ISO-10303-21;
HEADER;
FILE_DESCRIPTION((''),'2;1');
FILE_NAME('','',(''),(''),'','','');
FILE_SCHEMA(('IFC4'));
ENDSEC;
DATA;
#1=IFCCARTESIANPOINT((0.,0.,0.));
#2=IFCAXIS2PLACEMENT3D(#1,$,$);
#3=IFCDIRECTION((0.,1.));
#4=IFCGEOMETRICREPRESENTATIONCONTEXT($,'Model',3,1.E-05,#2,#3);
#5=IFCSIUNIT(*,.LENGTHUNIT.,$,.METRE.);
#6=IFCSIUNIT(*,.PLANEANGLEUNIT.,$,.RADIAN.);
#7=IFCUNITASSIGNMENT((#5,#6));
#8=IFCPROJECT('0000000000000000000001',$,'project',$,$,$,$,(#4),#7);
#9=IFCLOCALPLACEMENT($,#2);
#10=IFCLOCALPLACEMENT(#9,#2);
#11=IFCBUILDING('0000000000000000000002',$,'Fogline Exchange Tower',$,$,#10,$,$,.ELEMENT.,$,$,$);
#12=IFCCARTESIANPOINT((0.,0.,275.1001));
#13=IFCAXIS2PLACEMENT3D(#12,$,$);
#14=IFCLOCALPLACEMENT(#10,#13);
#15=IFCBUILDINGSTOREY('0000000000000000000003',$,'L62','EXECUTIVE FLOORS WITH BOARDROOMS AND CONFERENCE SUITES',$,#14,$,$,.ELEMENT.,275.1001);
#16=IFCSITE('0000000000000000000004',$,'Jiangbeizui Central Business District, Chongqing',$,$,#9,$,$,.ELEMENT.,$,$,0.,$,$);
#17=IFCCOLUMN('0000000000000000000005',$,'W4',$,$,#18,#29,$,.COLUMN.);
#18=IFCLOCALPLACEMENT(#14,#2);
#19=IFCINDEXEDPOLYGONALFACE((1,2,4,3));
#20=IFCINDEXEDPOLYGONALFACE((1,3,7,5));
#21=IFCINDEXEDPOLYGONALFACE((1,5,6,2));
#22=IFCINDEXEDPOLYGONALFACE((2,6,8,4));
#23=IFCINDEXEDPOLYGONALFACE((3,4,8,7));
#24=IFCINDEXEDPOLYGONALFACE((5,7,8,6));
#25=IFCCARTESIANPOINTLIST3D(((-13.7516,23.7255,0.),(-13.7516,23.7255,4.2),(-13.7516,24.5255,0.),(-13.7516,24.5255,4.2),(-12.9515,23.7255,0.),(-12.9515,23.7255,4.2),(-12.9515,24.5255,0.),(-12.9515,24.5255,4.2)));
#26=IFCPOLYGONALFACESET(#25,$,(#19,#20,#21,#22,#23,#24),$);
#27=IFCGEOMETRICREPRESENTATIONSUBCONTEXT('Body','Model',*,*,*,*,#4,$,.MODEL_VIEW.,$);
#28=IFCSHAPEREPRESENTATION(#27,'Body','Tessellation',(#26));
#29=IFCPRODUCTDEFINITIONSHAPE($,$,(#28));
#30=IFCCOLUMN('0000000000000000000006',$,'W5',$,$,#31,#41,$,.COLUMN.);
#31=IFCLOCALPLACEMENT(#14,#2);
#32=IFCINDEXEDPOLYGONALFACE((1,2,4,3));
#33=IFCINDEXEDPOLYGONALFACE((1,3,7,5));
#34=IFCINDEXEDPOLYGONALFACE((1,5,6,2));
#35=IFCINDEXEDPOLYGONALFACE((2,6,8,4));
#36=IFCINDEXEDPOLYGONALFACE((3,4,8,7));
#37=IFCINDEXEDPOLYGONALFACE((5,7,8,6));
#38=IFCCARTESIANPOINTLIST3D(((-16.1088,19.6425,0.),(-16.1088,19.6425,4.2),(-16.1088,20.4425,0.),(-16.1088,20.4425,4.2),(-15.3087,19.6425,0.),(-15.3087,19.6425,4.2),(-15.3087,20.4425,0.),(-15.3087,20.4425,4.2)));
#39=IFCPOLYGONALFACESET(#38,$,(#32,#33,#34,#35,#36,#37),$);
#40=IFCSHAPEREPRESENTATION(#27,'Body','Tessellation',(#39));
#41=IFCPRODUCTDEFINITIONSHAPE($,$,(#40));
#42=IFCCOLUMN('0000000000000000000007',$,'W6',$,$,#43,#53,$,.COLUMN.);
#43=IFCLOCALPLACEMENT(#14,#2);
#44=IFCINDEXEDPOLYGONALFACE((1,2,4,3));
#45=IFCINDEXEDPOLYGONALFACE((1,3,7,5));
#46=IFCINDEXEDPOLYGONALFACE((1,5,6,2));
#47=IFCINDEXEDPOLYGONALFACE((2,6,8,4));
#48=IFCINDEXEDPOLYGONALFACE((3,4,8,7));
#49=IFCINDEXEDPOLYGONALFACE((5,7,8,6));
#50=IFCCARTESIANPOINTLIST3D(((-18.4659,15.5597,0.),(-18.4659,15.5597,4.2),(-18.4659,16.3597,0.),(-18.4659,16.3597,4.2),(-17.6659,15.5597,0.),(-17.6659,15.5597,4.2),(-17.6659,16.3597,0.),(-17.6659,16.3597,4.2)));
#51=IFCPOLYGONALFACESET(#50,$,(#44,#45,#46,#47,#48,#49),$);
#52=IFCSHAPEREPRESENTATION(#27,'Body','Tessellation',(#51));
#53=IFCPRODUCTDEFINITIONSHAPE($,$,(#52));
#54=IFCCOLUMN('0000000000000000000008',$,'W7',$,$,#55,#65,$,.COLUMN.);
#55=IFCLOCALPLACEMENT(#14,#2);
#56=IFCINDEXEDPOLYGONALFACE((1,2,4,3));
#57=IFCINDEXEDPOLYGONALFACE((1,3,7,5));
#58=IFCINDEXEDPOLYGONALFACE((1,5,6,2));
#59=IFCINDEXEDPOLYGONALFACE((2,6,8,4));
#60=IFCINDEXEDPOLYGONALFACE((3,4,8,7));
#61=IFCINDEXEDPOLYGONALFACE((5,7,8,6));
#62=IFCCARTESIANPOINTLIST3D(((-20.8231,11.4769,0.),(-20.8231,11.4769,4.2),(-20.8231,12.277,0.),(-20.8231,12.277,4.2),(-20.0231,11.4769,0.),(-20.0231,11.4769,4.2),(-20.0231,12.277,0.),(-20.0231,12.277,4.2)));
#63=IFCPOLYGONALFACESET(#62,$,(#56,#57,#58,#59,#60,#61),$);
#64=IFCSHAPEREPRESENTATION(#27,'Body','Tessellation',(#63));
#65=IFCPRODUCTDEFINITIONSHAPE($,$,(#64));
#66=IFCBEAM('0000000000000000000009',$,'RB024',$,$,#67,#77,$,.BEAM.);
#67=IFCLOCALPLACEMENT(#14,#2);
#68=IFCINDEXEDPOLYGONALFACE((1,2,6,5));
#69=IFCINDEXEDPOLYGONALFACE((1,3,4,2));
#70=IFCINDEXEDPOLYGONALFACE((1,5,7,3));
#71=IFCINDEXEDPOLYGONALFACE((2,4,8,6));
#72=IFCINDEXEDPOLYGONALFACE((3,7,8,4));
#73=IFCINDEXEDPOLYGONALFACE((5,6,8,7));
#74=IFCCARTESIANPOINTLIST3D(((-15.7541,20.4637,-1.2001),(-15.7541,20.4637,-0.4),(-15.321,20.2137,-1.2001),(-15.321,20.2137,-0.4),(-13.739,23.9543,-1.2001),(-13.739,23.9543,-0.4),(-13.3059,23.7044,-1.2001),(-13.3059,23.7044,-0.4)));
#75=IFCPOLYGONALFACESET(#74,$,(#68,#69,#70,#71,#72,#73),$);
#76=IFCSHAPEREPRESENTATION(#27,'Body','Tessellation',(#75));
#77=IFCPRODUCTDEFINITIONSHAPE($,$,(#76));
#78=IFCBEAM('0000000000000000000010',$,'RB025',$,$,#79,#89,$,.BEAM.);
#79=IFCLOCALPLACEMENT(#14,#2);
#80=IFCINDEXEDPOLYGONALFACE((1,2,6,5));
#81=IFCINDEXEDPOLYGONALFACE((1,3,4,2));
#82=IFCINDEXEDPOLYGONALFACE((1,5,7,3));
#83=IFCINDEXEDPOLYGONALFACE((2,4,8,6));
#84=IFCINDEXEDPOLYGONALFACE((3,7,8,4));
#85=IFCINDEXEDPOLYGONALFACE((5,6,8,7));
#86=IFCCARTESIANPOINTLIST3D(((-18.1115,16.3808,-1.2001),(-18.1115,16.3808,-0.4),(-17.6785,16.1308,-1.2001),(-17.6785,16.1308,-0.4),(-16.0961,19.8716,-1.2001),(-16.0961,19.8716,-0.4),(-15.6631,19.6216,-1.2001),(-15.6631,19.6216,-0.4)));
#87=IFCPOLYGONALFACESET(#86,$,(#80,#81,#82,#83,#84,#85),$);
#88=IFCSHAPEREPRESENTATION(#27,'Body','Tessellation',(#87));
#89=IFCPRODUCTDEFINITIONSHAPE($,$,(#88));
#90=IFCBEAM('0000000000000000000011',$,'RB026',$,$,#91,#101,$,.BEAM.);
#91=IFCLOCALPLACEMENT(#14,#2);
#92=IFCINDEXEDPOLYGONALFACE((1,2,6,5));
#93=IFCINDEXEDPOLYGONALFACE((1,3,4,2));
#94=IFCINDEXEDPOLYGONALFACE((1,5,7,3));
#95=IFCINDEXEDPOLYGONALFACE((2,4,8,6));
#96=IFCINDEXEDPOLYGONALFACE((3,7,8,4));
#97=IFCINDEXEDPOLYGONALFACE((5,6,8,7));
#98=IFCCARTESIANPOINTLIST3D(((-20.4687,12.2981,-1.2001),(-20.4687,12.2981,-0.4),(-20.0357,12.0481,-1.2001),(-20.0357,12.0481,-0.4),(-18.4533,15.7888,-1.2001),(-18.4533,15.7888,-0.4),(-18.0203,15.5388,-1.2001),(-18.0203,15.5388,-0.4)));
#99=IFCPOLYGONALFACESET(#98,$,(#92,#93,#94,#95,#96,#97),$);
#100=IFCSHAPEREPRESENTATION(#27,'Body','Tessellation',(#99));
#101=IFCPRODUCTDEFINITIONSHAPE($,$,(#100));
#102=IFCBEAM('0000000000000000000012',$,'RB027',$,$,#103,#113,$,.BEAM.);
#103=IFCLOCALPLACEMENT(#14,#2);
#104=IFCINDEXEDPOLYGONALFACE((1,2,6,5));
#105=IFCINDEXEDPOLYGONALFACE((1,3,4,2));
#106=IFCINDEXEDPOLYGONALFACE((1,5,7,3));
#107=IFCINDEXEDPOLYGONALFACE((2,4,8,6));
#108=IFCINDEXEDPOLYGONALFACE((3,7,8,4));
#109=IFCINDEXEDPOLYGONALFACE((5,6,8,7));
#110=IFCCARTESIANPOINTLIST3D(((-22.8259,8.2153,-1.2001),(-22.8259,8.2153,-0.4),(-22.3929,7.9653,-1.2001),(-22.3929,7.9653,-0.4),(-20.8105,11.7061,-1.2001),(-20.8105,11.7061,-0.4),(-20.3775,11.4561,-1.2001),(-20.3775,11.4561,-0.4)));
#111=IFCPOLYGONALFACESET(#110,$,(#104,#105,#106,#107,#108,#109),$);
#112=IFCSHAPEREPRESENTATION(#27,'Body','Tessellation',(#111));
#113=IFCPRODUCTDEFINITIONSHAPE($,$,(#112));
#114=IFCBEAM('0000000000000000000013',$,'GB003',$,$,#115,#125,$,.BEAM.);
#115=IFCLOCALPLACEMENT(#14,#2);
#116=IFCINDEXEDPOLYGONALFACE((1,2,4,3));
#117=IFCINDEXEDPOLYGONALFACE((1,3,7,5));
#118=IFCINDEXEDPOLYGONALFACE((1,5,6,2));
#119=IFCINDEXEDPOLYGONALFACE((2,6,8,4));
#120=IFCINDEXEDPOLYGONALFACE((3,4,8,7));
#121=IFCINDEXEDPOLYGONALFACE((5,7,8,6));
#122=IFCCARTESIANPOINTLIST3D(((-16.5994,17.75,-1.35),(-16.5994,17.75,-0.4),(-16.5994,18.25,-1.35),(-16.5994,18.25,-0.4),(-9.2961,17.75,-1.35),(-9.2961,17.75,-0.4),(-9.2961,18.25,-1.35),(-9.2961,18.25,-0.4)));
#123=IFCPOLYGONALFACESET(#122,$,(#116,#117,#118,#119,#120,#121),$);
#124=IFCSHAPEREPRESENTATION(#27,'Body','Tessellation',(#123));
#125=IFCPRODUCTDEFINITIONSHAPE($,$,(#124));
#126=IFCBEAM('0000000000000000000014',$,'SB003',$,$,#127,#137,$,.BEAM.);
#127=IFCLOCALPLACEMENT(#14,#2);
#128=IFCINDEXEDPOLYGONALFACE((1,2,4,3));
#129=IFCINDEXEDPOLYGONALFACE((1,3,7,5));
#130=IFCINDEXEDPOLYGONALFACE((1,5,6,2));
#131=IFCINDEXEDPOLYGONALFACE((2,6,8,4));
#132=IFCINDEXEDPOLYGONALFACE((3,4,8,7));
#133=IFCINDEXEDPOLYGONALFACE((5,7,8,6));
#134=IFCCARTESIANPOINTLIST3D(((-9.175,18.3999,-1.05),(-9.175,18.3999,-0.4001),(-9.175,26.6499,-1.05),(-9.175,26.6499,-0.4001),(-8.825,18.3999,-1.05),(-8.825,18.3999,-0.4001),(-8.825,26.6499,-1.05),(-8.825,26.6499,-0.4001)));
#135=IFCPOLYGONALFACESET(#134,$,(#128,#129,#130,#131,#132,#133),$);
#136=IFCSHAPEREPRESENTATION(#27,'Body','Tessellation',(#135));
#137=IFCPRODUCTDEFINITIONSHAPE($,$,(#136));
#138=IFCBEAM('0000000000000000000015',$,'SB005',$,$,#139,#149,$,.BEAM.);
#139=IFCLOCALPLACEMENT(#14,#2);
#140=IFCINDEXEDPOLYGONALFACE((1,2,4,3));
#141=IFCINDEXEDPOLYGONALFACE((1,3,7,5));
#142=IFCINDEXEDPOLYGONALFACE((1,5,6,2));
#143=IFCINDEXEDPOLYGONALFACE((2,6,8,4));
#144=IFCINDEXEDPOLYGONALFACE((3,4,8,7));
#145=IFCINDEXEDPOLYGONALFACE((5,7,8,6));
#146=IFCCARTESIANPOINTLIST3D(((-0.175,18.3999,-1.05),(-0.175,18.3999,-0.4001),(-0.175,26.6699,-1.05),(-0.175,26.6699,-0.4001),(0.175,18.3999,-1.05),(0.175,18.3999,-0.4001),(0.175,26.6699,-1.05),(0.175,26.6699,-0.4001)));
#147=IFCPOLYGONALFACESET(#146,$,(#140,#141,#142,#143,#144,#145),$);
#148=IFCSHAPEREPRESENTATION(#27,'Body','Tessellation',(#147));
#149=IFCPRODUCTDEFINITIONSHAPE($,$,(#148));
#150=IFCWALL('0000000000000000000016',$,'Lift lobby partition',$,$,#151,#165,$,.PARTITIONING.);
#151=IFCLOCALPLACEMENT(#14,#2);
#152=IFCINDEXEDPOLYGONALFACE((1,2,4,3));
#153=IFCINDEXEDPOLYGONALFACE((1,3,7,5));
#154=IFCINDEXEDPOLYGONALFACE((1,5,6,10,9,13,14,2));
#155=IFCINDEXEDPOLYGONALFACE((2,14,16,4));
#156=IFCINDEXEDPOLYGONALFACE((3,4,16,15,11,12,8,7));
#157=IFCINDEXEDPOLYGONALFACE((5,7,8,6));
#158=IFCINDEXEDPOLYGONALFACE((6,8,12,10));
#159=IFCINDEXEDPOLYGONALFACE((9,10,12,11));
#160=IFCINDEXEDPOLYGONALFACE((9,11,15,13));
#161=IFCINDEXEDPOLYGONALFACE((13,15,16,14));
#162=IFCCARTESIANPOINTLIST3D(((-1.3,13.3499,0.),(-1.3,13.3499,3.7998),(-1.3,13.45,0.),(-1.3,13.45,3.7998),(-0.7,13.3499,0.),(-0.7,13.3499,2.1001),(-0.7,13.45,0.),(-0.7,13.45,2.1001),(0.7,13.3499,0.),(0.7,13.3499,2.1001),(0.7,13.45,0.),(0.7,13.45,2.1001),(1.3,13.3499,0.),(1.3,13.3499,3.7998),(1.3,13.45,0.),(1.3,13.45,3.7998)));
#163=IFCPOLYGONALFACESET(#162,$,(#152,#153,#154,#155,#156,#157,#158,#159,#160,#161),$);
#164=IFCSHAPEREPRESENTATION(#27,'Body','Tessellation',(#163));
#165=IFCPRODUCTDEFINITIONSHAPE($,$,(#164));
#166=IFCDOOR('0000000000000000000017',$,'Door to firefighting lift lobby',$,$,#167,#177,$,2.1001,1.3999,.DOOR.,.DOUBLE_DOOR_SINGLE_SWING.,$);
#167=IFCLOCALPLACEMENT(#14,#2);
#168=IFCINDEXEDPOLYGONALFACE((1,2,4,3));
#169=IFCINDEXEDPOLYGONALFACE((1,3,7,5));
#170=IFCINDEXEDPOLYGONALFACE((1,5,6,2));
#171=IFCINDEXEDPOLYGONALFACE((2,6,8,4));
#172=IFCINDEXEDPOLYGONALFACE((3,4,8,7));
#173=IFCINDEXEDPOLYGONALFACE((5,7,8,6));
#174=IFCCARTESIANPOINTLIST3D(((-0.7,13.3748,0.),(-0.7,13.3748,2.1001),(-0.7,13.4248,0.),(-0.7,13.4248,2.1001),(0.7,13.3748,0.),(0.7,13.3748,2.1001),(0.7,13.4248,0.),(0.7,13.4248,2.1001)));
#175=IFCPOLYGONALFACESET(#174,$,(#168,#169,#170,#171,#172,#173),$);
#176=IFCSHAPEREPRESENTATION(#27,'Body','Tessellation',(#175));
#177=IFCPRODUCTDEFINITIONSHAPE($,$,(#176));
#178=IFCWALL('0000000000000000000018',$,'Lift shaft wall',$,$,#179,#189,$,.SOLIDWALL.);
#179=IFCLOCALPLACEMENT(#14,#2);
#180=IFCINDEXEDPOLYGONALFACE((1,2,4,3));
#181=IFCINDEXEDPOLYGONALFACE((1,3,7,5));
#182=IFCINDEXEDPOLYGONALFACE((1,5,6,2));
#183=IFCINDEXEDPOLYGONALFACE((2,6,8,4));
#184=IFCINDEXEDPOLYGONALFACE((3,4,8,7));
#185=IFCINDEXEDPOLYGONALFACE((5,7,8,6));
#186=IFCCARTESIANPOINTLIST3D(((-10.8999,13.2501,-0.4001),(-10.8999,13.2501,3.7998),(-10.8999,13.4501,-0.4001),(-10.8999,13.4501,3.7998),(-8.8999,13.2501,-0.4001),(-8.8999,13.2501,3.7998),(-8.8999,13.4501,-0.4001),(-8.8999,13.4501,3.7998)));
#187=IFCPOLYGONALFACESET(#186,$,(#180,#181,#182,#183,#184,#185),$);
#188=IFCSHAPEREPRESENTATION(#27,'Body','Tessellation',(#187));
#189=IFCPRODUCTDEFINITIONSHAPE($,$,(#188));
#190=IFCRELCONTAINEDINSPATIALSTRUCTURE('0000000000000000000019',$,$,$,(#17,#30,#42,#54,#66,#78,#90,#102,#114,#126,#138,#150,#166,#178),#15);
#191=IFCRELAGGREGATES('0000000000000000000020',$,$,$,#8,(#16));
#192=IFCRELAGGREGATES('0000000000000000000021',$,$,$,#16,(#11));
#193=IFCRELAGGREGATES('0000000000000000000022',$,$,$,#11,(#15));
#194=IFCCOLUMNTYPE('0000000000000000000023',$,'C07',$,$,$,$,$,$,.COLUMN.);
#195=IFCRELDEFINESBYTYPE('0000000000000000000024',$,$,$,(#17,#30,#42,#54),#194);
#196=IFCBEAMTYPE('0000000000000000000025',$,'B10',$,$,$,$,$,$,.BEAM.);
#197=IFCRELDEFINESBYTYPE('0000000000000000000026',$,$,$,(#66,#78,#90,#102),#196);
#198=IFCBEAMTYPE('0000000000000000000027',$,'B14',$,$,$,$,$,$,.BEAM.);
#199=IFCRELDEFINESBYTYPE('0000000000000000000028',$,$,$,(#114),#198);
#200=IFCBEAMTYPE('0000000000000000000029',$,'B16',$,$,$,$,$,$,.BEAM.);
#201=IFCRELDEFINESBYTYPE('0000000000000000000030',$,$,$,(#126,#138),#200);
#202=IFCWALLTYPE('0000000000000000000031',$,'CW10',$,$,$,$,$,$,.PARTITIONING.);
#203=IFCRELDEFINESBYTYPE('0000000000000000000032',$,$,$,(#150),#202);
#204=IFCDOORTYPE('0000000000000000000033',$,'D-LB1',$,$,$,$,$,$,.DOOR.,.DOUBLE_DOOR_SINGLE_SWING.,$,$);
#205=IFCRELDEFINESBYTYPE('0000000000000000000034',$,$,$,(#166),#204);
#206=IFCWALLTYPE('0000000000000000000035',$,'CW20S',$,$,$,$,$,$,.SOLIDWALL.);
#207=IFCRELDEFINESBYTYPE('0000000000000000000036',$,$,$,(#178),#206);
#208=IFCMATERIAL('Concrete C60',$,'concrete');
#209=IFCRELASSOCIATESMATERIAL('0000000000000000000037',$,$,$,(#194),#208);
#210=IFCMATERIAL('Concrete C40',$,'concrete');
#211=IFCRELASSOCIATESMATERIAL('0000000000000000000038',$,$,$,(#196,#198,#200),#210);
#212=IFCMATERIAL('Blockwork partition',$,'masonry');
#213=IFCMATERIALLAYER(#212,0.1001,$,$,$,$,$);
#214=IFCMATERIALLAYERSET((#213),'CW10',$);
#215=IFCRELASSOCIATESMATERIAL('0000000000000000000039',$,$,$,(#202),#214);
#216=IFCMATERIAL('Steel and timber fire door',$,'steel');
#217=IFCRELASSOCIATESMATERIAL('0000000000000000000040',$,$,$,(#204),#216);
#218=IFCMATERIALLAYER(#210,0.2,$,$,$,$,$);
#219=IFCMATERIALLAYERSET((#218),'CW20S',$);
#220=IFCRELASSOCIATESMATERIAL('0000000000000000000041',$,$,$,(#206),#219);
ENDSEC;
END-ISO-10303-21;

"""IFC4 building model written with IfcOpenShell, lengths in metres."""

from ifc_helpers import new_model, si_unit, direction, frame, frame_2d, origin, origin_2d, place, context, subcontext, project, spatial, rectangle, extrude, material, layer, layer_set, material_profile, profile_set, type_object, element, fill, save


model = new_model("IFC4")

# Units and contexts
model_context = context("Model", 3, precision=1e-05, world=origin(), true_north=direction((0.0, 1.0)))
body_context = subcontext(model_context, "Body", "Model", "MODEL_VIEW")
ifc_project = project(units=[si_unit("LENGTHUNIT", "METRE"), si_unit("PLANEANGLEUNIT", "RADIAN")], contexts=[model_context])

# Site, building, storey
site_placement = place(None, origin())
site = spatial("IfcSite", under=ifc_project, at=site_placement, Name="Jiangbeizui Central Business District, Chongqing", CompositionType="ELEMENT", RefElevation=0.0)
building_placement = place(site_placement, origin())
building = spatial("IfcBuilding", under=site, at=building_placement, Name="Fogline Exchange Tower", CompositionType="ELEMENT")
storey_placement = place(building_placement, frame((0.0, 0.0, 275.1001)))
storey = spatial("IfcBuildingStorey", under=building, at=storey_placement, Name="L62", Description="EXECUTIVE FLOORS WITH BOARDROOMS AND CONFERENCE SUITES", CompositionType="ELEMENT", Elevation=275.1001)

# Columns
ifc_material_1 = material(Name="Concrete C60", Category="concrete")
ifc_material_profile_1 = material_profile(ifc_material_1, rectangle(XDim=0.8, YDim=0.8, at=origin_2d()), Name="RC 800x800")
ifc_profile_set_1 = profile_set([ifc_material_profile_1], Name="Concrete C60")
column_type = type_object("IfcColumnType", Name="C07", PredefinedType="COLUMN", material=ifc_profile_set_1)
for number, where, z_axis, x_axis, name in (
    (1, (-13.3516, 24.1255, 0.0), (0.0, 0.0, 1.0), (1.0, 0.0, 0.0), "W4"),
    (2, (-15.7087, 20.0425, 0.0), (0.0, 0.0, 1.0), (1.0, 0.0, 0.0), "W5"),
    (3, (-18.0659, 15.9597, 0.0), (0.0, 0.0, 1.0), (1.0, 0.0, 0.0), "W6"),
    (4, (-20.4231, 11.877, 0.0), (0.0, 0.0, 1.0), (1.0, 0.0, 0.0), "W7"),
):
    element("IfcColumn", number, at=place(storey_placement, frame(where, z_axis=z_axis, x_axis=x_axis)), inside=storey, type_object=column_type, Name=name, PredefinedType="COLUMN", context=body_context, shape_type="SweptSolid", body=[
        extrude(rectangle(XDim=0.8, YDim=0.8, at=origin_2d()), origin(), (0.0, 0.0, 1.0), 4.2),
    ])

# Beams
ifc_material_2 = material(Name="Concrete C40", Category="concrete")
ifc_material_profile_2 = material_profile(ifc_material_2, rectangle(XDim=0.5, YDim=0.8, at=origin_2d()), Name="RC 500x800")
ifc_profile_set_2 = profile_set([ifc_material_profile_2], Name="Concrete C40")
beam_type_1 = type_object("IfcBeamType", Name="B10", PredefinedType="BEAM", material=ifc_profile_set_2)
beam_1_placement = place(storey_placement, frame((-13.5225, 23.8293, -0.8), z_axis=(-0.499957, -0.86605, 0.0), x_axis=(0.86605, -0.499957, 0.0)))
element("IfcBeam", 5, at=beam_1_placement, inside=storey, type_object=beam_type_1, Name="RB024", PredefinedType="BEAM", context=body_context, shape_type="SweptSolid", body=[
    extrude(rectangle(XDim=0.5, YDim=0.8, at=origin_2d()), origin(), (0.0, 0.0, 1.0), 4.0305),
])
for number, where, z_axis, x_axis, name in (
    (6, (-15.8796, 19.7466, -0.8), (-0.500002, -0.866024, 0.0), (0.866024, -0.500002, 0.0), "RB025"),
    (7, (-18.2368, 15.6638, -0.8), (-0.500002, -0.866024, 0.0), (0.866024, -0.500002, 0.0), "RB026"),
    (8, (-20.594, 11.5811, -0.8), (-0.500002, -0.866024, 0.0), (0.866024, -0.500002, 0.0), "RB027"),
):
    element("IfcBeam", number, at=place(storey_placement, frame(where, z_axis=z_axis, x_axis=x_axis)), inside=storey, type_object=beam_type_1, Name=name, PredefinedType="BEAM", context=body_context, shape_type="SweptSolid", body=[
        extrude(rectangle(XDim=0.5, YDim=0.8, at=origin_2d()), origin(), (0.0, 0.0, 1.0), 4.0308),
    ])
ifc_material_profile_3 = material_profile(ifc_material_2, rectangle(XDim=0.5, YDim=0.95, at=origin_2d()), Name="RC 500x950")
ifc_profile_set_3 = profile_set([ifc_material_profile_3], Name="Concrete C40")
beam_type_2 = type_object("IfcBeamType", Name="B14", PredefinedType="BEAM", material=ifc_profile_set_3)
beam_2_placement = place(storey_placement, frame((-16.5994, 18.0, -0.875), z_axis=(1.0, 0.0, 0.0), x_axis=(0.0, 1.0, 0.0)))
element("IfcBeam", 9, at=beam_2_placement, inside=storey, type_object=beam_type_2, Name="GB003", PredefinedType="BEAM", context=body_context, shape_type="SweptSolid", body=[
    extrude(rectangle(XDim=0.5, YDim=0.95, at=origin_2d()), origin(), (0.0, 0.0, 1.0), 7.3032),
])
ifc_material_profile_4 = material_profile(ifc_material_2, rectangle(XDim=0.3501, YDim=0.6499, at=origin_2d()), Name="RC 350x650")
ifc_profile_set_4 = profile_set([ifc_material_profile_4], Name="Concrete C40")
beam_type_3 = type_object("IfcBeamType", Name="B16", PredefinedType="BEAM", material=ifc_profile_set_4)
beam_3_placement = place(storey_placement, frame((-9.0, 18.3999, -0.7251), z_axis=(0.0, 1.0, 0.0), x_axis=(-1.0, 0.0, 0.0)))
element("IfcBeam", 10, at=beam_3_placement, inside=storey, type_object=beam_type_3, Name="SB003", PredefinedType="BEAM", context=body_context, shape_type="SweptSolid", body=[
    extrude(rectangle(XDim=0.3501, YDim=0.6499, at=origin_2d()), origin(), (0.0, 0.0, 1.0), 8.25),
])
beam_4_placement = place(storey_placement, frame((0.0, 18.3999, -0.7251), z_axis=(0.0, 1.0, 0.0), x_axis=(-1.0, 0.0, 0.0)))
element("IfcBeam", 11, at=beam_4_placement, inside=storey, type_object=beam_type_3, Name="SB005", PredefinedType="BEAM", context=body_context, shape_type="SweptSolid", body=[
    extrude(rectangle(XDim=0.3501, YDim=0.6499, at=origin_2d()), origin(), (0.0, 0.0, 1.0), 8.27),
])

# Wall, opening, door
ifc_material_3 = material(Name="Blockwork partition", Category="masonry")
ifc_layer_1 = layer(ifc_material_3, 0.1001)
ifc_layer_set_1 = layer_set([ifc_layer_1], Name="CW10")
wall_type_1 = type_object("IfcWallType", Name="CW10", PredefinedType="PARTITIONING", material=ifc_layer_set_1)
wall_1_placement = place(storey_placement, frame((-1.3, 13.3999, 0.0), z_axis=(0.0, 0.0, 1.0), x_axis=(1.0, 0.0, 0.0)))
wall_1 = element("IfcWall", 12, at=wall_1_placement, inside=storey, type_object=wall_type_1, Name="Lift lobby partition", PredefinedType="PARTITIONING", context=body_context, shape_type="SweptSolid", body=[
    extrude(rectangle(XDim=2.6001, YDim=0.1001, at=frame_2d((1.3, 0.0))), origin(), (0.0, 0.0, 1.0), 3.7998),
])
opening_1_placement = place(wall_1_placement, frame((0.6001, 0.0, 0.0)))
opening_1 = element("IfcOpeningElement", 13, at=opening_1_placement, cuts=wall_1, PredefinedType="OPENING", context=body_context, shape_type="SweptSolid", body=[
    extrude(rectangle(XDim=1.3999, YDim=2.1001, at=frame_2d((0.7, 1.05))), frame((0.0, 0.0601, 0.0), z_axis=(0.0, -1.0, 0.0), x_axis=(1.0, 0.0, 0.0)), (0.0, 0.0, 1.0), 0.1201),
])
ifc_material_4 = material(Name="Steel and timber fire door", Category="steel")
door_type_1 = type_object("IfcDoorType", Name="D-LB1", OperationType="DOUBLE_DOOR_SINGLE_SWING", PredefinedType="DOOR", material=ifc_material_4)
door_1_placement = place(opening_1_placement, origin())
door_1 = element("IfcDoor", 14, at=door_1_placement, inside=storey, type_object=door_type_1, Name="Door to firefighting lift lobby", OperationType="DOUBLE_DOOR_SINGLE_SWING", OverallHeight=2.1001, OverallWidth=1.3999, PredefinedType="DOOR", context=body_context, shape_type="SweptSolid", body=[
    extrude(rectangle(XDim=1.3999, YDim=2.1001, at=frame_2d((0.7, 1.05))), frame((0.0, 0.0249, 0.0), z_axis=(0.0, -1.0, 0.0), x_axis=(1.0, 0.0, 0.0)), (0.0, 0.0, 1.0), 0.05),
])
fill(opening_1, door_1)

# Wall
ifc_layer_2 = layer(ifc_material_2, 0.2)
ifc_layer_set_2 = layer_set([ifc_layer_2], Name="CW20S")
wall_type_2 = type_object("IfcWallType", Name="CW20S", PredefinedType="SOLIDWALL", material=ifc_layer_set_2)
for number, where, z_axis, x_axis, name in (
    (15, (-10.8999, 13.3501, -0.4001), (0.0, 0.0, 1.0), (1.0, 0.0, 0.0), "Lift shaft wall"),
):
    element("IfcWall", number, at=place(storey_placement, frame(where, z_axis=z_axis, x_axis=x_axis)), inside=storey, type_object=wall_type_2, Name=name, PredefinedType="SOLIDWALL", context=body_context, shape_type="SweptSolid", body=[
        extrude(rectangle(XDim=2.0, YDim=0.2, at=frame_2d((1.0, 0.0))), origin(), (0.0, 0.0, 1.0), 4.2),
    ])

save(model, "model.ifc")
